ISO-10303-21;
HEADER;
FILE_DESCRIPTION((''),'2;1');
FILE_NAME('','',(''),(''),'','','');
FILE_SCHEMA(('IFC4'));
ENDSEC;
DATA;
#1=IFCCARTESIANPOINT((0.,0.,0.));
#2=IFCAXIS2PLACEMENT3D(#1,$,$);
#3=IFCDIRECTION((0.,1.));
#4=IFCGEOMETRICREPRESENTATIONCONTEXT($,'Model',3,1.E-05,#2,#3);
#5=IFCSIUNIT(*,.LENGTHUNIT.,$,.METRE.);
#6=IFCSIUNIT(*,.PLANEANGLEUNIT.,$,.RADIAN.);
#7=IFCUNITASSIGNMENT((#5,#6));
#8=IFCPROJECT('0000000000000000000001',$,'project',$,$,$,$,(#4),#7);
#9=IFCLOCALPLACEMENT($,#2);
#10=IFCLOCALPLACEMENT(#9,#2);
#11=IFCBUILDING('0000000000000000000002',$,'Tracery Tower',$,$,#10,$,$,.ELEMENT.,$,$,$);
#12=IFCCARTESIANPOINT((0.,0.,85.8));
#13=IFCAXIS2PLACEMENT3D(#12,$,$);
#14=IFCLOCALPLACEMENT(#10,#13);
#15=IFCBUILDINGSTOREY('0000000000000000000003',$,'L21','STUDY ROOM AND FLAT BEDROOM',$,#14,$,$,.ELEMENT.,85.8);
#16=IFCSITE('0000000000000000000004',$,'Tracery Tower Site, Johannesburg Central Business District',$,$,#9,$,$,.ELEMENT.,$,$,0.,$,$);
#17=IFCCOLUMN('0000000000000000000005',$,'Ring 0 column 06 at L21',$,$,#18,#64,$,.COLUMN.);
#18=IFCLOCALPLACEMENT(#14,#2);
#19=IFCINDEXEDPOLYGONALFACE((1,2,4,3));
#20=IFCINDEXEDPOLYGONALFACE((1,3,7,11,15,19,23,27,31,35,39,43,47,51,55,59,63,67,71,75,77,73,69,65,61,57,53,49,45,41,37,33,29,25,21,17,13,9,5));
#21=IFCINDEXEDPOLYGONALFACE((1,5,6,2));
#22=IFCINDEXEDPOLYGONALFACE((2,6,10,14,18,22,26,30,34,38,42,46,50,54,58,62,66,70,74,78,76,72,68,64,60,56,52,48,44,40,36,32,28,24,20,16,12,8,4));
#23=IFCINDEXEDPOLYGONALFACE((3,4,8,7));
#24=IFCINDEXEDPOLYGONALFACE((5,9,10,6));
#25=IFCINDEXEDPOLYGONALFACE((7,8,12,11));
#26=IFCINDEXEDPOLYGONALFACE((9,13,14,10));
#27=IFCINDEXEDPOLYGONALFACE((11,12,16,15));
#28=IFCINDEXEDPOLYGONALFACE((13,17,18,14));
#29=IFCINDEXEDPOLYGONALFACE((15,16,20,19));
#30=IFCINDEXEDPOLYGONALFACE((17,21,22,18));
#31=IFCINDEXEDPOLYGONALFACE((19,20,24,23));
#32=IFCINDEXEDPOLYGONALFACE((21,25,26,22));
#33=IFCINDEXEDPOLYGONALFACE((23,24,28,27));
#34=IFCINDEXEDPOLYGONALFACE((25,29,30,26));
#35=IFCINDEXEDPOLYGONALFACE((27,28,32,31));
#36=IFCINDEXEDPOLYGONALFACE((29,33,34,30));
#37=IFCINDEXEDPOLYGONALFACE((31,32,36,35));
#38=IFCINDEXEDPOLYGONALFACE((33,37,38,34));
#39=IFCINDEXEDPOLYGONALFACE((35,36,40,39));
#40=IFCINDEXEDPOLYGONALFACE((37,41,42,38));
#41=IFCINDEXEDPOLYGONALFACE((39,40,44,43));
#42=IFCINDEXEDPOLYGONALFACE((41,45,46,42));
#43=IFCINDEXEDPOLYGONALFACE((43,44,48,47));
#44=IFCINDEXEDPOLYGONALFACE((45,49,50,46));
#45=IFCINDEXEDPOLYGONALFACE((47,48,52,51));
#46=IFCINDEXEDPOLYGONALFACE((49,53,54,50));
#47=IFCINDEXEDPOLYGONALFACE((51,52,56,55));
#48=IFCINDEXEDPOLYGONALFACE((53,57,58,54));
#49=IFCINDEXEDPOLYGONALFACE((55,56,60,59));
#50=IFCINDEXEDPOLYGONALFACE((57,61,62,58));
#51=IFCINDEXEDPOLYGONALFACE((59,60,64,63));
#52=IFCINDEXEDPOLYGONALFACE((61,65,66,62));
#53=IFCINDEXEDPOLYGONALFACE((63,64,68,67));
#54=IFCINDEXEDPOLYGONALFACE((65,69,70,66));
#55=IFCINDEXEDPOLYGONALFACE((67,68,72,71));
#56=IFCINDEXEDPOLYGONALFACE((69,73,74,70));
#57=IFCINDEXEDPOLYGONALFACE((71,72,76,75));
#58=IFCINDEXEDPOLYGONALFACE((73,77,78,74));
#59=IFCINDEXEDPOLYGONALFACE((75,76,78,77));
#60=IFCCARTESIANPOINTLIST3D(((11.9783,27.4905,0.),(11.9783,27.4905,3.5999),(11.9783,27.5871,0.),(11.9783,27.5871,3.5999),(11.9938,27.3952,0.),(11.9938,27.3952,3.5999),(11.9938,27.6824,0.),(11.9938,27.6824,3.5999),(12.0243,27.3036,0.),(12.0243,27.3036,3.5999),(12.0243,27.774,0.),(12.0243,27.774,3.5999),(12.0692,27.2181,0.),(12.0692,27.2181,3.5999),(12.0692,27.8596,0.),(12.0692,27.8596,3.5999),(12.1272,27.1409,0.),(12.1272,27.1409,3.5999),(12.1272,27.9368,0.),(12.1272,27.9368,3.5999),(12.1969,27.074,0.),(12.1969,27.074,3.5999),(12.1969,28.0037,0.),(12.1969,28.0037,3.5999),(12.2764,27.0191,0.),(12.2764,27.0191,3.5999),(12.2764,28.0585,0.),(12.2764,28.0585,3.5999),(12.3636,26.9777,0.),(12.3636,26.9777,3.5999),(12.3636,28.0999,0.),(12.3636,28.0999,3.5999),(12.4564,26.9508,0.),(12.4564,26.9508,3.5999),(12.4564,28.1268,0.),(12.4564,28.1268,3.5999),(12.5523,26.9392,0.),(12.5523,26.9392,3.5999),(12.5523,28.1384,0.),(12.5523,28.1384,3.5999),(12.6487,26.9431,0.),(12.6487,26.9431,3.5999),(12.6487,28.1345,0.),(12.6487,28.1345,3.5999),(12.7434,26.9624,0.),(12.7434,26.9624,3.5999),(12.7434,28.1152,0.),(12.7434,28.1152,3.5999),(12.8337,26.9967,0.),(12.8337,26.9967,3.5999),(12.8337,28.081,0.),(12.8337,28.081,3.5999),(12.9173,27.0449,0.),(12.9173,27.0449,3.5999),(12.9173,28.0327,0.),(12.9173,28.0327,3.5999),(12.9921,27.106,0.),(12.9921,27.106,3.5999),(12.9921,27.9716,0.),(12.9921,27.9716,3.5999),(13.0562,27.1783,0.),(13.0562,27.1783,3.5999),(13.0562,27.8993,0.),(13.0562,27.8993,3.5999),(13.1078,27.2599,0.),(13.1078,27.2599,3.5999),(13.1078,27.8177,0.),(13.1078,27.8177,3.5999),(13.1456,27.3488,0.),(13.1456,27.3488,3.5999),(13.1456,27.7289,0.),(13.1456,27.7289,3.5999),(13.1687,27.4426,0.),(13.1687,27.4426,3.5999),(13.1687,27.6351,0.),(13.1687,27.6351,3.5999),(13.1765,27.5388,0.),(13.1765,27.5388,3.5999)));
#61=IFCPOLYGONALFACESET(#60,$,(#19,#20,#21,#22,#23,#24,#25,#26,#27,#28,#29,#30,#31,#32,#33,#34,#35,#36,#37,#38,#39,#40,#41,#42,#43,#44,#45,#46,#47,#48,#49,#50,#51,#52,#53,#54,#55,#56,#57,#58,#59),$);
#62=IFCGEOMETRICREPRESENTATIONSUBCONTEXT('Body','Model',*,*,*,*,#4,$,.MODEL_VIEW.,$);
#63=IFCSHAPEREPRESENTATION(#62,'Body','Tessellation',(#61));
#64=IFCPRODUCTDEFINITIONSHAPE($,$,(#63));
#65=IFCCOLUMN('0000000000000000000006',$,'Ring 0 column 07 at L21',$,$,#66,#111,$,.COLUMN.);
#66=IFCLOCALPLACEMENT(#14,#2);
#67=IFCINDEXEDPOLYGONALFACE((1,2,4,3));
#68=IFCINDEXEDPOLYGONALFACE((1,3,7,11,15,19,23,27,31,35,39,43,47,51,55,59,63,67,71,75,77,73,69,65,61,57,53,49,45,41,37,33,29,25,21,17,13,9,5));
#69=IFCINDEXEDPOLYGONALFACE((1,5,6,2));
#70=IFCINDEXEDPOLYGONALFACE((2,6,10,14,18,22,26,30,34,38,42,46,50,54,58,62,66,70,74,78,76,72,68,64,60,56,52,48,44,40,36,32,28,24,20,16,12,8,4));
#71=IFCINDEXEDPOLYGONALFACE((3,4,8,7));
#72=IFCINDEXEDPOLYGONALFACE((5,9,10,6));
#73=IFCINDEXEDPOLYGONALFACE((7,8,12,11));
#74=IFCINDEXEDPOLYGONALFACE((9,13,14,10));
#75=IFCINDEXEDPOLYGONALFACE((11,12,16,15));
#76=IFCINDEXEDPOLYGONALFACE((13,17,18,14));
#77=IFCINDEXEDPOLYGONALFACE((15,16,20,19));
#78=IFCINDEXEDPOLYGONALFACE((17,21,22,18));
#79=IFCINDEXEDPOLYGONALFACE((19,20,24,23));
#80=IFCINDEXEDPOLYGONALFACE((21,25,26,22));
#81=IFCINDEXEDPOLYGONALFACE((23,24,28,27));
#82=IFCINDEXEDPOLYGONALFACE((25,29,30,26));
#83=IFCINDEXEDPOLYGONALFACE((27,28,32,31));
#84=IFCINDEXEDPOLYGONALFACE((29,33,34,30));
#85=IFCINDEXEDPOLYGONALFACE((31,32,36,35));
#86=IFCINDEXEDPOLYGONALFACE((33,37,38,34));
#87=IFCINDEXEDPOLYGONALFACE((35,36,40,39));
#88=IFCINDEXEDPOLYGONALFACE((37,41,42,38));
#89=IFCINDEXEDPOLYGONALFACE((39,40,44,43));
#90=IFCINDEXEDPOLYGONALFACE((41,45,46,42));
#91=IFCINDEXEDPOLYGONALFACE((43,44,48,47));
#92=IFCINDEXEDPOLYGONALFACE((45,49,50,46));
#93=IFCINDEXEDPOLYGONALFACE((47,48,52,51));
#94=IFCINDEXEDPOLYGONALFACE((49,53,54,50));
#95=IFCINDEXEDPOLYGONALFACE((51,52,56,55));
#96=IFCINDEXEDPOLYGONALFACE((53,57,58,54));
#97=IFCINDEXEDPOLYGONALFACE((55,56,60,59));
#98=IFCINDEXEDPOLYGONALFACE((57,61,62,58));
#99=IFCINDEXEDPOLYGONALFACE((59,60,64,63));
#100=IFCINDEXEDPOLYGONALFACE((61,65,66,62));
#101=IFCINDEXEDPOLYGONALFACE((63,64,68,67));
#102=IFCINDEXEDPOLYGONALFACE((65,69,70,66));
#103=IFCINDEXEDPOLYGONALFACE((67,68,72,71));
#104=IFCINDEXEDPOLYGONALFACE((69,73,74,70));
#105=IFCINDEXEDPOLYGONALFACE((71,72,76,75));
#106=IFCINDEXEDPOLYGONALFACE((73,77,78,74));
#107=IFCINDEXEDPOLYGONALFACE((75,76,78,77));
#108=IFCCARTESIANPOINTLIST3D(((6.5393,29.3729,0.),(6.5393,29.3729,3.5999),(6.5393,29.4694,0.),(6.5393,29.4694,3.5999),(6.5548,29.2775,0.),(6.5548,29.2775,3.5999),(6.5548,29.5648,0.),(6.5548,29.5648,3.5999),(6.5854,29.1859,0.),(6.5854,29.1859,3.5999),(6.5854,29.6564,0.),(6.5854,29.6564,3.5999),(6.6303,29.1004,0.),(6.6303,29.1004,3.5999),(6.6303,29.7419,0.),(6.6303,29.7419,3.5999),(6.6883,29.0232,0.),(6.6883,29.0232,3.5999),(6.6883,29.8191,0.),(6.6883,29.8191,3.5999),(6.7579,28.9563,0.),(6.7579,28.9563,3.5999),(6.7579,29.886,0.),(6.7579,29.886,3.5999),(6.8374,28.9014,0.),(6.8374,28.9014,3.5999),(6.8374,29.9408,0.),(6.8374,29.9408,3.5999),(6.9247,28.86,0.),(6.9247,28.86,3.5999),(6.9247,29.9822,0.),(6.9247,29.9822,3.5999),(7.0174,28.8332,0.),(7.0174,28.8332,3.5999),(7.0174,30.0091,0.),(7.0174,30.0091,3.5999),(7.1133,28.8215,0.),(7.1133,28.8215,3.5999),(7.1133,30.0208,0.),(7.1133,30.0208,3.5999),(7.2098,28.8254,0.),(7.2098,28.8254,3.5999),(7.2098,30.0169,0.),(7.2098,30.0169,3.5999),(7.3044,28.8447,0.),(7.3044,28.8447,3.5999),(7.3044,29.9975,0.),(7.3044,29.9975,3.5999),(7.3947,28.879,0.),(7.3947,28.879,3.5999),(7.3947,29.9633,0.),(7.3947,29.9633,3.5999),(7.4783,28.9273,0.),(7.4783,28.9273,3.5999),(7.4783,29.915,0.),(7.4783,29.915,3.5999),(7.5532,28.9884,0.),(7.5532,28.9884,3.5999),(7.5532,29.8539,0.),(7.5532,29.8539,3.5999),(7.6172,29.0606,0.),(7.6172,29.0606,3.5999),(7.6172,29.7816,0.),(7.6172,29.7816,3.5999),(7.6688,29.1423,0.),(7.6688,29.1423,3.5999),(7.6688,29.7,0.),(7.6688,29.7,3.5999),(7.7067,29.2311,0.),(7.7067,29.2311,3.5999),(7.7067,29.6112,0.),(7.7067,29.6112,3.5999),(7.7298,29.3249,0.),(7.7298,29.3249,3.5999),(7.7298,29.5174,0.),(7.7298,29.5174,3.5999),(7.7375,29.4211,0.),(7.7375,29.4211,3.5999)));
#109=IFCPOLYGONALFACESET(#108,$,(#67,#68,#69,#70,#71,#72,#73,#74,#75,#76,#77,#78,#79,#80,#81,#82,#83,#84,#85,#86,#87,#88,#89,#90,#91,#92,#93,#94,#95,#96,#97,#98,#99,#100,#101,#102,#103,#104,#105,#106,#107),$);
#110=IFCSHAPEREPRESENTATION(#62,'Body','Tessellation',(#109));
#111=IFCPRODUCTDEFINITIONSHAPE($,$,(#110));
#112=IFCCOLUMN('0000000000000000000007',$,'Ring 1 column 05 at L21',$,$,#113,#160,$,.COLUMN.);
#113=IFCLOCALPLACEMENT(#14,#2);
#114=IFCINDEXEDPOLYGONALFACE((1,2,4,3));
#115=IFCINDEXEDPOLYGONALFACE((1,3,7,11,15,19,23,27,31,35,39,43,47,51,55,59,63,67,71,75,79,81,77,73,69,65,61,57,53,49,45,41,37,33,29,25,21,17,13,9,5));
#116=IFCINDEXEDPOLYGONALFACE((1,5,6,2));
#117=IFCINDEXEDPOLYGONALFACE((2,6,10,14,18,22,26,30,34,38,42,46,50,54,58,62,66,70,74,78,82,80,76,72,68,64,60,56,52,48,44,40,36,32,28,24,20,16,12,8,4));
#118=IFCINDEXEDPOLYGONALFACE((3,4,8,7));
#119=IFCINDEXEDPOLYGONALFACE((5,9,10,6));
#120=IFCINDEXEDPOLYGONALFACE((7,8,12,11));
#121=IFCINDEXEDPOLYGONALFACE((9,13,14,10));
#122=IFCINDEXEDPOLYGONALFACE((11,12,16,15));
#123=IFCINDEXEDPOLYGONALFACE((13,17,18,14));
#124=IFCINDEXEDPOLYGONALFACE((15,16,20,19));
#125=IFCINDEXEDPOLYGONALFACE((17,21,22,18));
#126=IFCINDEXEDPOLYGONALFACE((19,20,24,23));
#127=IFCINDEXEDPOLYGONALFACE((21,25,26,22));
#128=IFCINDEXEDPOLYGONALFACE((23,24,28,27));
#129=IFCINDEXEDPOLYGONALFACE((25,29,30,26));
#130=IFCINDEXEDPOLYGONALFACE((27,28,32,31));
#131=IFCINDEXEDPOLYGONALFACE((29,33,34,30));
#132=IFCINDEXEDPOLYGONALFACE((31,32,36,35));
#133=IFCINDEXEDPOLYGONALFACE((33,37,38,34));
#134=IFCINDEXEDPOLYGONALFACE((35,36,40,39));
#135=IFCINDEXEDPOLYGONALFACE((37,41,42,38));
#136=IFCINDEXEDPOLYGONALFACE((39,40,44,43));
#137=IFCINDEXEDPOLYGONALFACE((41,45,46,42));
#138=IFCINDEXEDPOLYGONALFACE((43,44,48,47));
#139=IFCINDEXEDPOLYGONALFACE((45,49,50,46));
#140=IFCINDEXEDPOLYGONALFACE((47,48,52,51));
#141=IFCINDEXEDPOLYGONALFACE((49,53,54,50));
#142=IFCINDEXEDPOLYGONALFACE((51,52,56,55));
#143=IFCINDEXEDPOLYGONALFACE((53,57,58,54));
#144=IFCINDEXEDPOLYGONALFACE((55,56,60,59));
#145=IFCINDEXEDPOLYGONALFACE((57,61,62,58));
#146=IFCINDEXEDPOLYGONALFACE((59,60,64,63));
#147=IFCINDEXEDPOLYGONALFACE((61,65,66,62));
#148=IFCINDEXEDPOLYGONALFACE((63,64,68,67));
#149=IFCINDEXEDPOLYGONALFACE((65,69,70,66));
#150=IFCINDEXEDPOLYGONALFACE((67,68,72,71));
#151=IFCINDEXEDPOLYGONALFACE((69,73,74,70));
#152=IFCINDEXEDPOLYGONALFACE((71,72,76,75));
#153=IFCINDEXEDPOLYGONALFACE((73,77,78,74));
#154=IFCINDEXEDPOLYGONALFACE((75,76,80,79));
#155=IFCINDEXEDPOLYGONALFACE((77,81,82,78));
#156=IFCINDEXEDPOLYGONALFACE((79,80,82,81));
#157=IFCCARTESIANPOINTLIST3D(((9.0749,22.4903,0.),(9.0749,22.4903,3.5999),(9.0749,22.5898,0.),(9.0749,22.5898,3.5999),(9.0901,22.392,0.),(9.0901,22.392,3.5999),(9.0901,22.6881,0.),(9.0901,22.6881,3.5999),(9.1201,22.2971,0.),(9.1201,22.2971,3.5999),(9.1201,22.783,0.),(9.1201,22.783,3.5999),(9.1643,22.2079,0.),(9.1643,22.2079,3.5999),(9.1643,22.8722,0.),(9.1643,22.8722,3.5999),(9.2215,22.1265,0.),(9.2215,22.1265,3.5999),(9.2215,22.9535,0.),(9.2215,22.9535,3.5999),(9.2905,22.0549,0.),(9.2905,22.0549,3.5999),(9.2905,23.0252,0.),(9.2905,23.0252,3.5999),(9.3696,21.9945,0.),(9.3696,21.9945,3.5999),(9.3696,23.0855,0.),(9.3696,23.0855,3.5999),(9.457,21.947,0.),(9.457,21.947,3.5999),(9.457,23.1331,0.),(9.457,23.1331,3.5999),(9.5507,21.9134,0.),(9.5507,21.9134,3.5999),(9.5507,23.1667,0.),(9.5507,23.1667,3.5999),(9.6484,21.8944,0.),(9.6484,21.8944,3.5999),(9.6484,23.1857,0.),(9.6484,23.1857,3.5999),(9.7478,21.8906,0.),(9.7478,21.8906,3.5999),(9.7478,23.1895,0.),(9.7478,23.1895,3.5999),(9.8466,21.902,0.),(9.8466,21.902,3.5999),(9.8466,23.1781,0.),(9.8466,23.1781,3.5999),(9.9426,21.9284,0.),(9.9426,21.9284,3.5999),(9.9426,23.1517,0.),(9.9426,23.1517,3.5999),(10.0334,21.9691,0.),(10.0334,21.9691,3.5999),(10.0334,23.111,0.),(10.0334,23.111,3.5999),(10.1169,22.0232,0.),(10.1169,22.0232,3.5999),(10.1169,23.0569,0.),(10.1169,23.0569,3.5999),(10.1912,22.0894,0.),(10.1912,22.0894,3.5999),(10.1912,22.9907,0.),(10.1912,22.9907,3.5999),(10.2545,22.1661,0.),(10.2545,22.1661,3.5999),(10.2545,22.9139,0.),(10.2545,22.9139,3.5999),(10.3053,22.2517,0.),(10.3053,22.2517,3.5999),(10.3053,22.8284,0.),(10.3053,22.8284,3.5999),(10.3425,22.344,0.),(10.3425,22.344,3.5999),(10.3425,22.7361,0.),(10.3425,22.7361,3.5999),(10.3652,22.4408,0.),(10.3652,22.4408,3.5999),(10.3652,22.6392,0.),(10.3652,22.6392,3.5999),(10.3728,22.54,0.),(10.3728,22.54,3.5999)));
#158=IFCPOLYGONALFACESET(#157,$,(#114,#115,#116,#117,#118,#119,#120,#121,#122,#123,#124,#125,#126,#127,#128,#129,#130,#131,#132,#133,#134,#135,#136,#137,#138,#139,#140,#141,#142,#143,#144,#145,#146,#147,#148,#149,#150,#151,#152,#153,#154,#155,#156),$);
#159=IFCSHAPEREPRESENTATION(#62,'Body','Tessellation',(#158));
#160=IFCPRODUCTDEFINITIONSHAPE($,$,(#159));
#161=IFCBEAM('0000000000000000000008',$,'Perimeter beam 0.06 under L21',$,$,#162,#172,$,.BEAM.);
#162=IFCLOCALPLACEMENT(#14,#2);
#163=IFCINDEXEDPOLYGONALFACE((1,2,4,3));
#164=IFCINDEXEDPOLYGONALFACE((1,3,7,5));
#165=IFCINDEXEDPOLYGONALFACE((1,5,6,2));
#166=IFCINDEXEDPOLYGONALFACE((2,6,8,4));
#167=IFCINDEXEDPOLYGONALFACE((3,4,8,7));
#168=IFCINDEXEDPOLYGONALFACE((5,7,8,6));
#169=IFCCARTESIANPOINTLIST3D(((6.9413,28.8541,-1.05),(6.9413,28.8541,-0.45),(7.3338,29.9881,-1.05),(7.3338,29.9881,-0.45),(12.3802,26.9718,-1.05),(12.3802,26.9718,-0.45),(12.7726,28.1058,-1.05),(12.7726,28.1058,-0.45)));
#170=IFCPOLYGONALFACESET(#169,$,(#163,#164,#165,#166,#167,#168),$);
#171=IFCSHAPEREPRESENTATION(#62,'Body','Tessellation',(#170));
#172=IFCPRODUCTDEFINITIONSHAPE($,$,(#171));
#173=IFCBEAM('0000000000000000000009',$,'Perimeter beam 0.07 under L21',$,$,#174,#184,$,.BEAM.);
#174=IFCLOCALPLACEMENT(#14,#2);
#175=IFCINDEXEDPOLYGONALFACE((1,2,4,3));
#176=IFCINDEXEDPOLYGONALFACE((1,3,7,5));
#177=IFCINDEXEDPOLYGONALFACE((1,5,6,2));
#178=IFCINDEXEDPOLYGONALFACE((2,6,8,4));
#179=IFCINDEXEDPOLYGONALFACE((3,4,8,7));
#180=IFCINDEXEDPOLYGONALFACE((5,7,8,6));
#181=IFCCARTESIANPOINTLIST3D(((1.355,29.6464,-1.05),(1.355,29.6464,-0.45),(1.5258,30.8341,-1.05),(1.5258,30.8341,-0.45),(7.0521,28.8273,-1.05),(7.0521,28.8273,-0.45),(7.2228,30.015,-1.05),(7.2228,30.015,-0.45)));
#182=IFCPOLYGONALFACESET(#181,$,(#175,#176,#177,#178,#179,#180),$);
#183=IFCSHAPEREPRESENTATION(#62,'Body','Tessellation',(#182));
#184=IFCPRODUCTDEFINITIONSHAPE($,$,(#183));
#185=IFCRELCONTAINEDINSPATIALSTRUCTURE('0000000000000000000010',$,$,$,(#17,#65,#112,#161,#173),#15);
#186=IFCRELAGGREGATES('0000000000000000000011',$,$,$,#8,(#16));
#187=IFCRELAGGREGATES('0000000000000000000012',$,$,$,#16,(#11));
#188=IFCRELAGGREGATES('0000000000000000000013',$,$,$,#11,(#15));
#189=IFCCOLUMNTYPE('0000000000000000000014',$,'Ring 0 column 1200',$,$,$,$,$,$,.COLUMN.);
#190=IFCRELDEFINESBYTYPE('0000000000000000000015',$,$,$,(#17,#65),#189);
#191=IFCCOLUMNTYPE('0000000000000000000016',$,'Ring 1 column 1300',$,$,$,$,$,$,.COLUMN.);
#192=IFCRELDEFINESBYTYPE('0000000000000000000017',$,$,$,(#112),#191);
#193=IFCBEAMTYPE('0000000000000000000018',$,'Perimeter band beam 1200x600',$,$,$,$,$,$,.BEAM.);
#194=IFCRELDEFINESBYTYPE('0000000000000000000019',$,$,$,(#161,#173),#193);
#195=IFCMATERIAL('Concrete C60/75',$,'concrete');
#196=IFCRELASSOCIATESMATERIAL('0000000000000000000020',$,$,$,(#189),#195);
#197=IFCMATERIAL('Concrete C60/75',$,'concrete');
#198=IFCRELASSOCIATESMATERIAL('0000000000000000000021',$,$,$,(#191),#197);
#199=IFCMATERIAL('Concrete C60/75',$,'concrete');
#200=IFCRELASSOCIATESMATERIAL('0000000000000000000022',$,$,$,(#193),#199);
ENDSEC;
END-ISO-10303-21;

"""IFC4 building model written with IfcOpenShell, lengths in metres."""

from ifc_helpers import new_model, si_unit, direction, frame, origin, origin_2d, place, context, subcontext, project, spatial, rectangle, circle, extrude, material, material_profile, profile_set, type_object, element, save


model = new_model("IFC4")

# Units and contexts
model_context = context("Model", 3, precision=1e-05, world=origin(), true_north=direction((0.0, 1.0)))
body_context = subcontext(model_context, "Body", "Model", "MODEL_VIEW")
ifc_project = project(units=[si_unit("LENGTHUNIT", "METRE"), si_unit("PLANEANGLEUNIT", "RADIAN")], contexts=[model_context])

# Site, building, storey
site_placement = place(None, origin())
site = spatial("IfcSite", under=ifc_project, at=site_placement, Name="Tracery Tower Site, Johannesburg Central Business District", CompositionType="ELEMENT", RefElevation=0.0)
building_placement = place(site_placement, origin())
building = spatial("IfcBuilding", under=site, at=building_placement, Name="Tracery Tower", CompositionType="ELEMENT")
storey_placement = place(building_placement, frame((0.0, 0.0, 85.8)))
storey = spatial("IfcBuildingStorey", under=building, at=storey_placement, Name="L21", Description="STUDY ROOM AND FLAT BEDROOM", CompositionType="ELEMENT", Elevation=85.8)

# Columns
ifc_material_1 = material(Name="Concrete C60/75", Category="concrete")
ifc_material_profile_1 = material_profile(ifc_material_1, circle(Radius=0.6001, at=origin_2d()), Name="RC D1200")
ifc_profile_set_1 = profile_set([ifc_material_profile_1], Name="Concrete C60/75")
column_type_1 = type_object("IfcColumnType", Name="Ring 0 column 1200", PredefinedType="COLUMN", material=ifc_profile_set_1)
for number, where, z_axis, x_axis, name in (
    (1, (12.5764, 27.5388, 0.0), (0.0, 0.0, 1.0), (1.0, 0.0, 0.0), "Ring 0 column 06 at L21"),
    (2, (7.1375, 29.4211, 0.0), (0.0, 0.0, 1.0), (1.0, 0.0, 0.0), "Ring 0 column 07 at L21"),
):
    element("IfcColumn", number, at=place(storey_placement, frame(where, z_axis=z_axis, x_axis=x_axis)), inside=storey, type_object=column_type_1, Name=name, PredefinedType="COLUMN", context=body_context, shape_type="SweptSolid", body=[
        extrude(circle(Radius=0.6001, at=origin_2d()), origin(), (0.0, 0.0, 1.0), 3.5999),
    ])
ifc_material_2 = material(Name="Concrete C60/75", Category="concrete")
ifc_material_profile_2 = material_profile(ifc_material_2, circle(Radius=0.6499, at=origin_2d()), Name="RC D1300")
ifc_profile_set_2 = profile_set([ifc_material_profile_2], Name="Concrete C60/75")
column_type_2 = type_object("IfcColumnType", Name="Ring 1 column 1300", PredefinedType="COLUMN", material=ifc_profile_set_2)
column_placement = place(storey_placement, frame((9.7229, 22.54, 0.0), z_axis=(0.0, 0.0, 1.0), x_axis=(1.0, 0.0, 0.0)))
element("IfcColumn", 3, at=column_placement, inside=storey, type_object=column_type_2, Name="Ring 1 column 05 at L21", PredefinedType="COLUMN", context=body_context, shape_type="SweptSolid", body=[
    extrude(circle(Radius=0.6499, at=origin_2d()), origin(), (0.0, 0.0, 1.0), 3.5999),
])

# Beams
ifc_material_3 = material(Name="Concrete C60/75", Category="concrete")
ifc_material_profile_3 = material_profile(ifc_material_3, rectangle(XDim=1.2, YDim=0.6001, at=origin_2d()), Name="RC 1200x600")
ifc_profile_set_3 = profile_set([ifc_material_profile_3], Name="Concrete C60/75")
beam_type = type_object("IfcBeamType", Name="Perimeter band beam 1200x600", PredefinedType="BEAM", material=ifc_profile_set_3)
beam_1_placement = place(storey_placement, frame((12.5764, 27.5388, -0.75), z_axis=(-0.945007, 0.327049, 0.0), x_axis=(-0.327049, -0.945007, 0.0)))
element("IfcBeam", 4, at=beam_1_placement, inside=storey, type_object=beam_type, Name="Perimeter beam 0.06 under L21", PredefinedType="BEAM", context=body_context, shape_type="SweptSolid", body=[
    extrude(rectangle(XDim=1.2, YDim=0.6001, at=origin_2d()), origin(), (0.0, 0.0, 1.0), 5.7554),
])
beam_2_placement = place(storey_placement, frame((7.1375, 29.4211, -0.75), z_axis=(-0.989822, 0.142312, 0.0), x_axis=(-0.142312, -0.989822, 0.0)))
element("IfcBeam", 5, at=beam_2_placement, inside=storey, type_object=beam_type, Name="Perimeter beam 0.07 under L21", PredefinedType="BEAM", context=body_context, shape_type="SweptSolid", body=[
    extrude(rectangle(XDim=1.2, YDim=0.6001, at=origin_2d()), origin(), (0.0, 0.0, 1.0), 5.7556),
])

save(model, "model.ifc")
